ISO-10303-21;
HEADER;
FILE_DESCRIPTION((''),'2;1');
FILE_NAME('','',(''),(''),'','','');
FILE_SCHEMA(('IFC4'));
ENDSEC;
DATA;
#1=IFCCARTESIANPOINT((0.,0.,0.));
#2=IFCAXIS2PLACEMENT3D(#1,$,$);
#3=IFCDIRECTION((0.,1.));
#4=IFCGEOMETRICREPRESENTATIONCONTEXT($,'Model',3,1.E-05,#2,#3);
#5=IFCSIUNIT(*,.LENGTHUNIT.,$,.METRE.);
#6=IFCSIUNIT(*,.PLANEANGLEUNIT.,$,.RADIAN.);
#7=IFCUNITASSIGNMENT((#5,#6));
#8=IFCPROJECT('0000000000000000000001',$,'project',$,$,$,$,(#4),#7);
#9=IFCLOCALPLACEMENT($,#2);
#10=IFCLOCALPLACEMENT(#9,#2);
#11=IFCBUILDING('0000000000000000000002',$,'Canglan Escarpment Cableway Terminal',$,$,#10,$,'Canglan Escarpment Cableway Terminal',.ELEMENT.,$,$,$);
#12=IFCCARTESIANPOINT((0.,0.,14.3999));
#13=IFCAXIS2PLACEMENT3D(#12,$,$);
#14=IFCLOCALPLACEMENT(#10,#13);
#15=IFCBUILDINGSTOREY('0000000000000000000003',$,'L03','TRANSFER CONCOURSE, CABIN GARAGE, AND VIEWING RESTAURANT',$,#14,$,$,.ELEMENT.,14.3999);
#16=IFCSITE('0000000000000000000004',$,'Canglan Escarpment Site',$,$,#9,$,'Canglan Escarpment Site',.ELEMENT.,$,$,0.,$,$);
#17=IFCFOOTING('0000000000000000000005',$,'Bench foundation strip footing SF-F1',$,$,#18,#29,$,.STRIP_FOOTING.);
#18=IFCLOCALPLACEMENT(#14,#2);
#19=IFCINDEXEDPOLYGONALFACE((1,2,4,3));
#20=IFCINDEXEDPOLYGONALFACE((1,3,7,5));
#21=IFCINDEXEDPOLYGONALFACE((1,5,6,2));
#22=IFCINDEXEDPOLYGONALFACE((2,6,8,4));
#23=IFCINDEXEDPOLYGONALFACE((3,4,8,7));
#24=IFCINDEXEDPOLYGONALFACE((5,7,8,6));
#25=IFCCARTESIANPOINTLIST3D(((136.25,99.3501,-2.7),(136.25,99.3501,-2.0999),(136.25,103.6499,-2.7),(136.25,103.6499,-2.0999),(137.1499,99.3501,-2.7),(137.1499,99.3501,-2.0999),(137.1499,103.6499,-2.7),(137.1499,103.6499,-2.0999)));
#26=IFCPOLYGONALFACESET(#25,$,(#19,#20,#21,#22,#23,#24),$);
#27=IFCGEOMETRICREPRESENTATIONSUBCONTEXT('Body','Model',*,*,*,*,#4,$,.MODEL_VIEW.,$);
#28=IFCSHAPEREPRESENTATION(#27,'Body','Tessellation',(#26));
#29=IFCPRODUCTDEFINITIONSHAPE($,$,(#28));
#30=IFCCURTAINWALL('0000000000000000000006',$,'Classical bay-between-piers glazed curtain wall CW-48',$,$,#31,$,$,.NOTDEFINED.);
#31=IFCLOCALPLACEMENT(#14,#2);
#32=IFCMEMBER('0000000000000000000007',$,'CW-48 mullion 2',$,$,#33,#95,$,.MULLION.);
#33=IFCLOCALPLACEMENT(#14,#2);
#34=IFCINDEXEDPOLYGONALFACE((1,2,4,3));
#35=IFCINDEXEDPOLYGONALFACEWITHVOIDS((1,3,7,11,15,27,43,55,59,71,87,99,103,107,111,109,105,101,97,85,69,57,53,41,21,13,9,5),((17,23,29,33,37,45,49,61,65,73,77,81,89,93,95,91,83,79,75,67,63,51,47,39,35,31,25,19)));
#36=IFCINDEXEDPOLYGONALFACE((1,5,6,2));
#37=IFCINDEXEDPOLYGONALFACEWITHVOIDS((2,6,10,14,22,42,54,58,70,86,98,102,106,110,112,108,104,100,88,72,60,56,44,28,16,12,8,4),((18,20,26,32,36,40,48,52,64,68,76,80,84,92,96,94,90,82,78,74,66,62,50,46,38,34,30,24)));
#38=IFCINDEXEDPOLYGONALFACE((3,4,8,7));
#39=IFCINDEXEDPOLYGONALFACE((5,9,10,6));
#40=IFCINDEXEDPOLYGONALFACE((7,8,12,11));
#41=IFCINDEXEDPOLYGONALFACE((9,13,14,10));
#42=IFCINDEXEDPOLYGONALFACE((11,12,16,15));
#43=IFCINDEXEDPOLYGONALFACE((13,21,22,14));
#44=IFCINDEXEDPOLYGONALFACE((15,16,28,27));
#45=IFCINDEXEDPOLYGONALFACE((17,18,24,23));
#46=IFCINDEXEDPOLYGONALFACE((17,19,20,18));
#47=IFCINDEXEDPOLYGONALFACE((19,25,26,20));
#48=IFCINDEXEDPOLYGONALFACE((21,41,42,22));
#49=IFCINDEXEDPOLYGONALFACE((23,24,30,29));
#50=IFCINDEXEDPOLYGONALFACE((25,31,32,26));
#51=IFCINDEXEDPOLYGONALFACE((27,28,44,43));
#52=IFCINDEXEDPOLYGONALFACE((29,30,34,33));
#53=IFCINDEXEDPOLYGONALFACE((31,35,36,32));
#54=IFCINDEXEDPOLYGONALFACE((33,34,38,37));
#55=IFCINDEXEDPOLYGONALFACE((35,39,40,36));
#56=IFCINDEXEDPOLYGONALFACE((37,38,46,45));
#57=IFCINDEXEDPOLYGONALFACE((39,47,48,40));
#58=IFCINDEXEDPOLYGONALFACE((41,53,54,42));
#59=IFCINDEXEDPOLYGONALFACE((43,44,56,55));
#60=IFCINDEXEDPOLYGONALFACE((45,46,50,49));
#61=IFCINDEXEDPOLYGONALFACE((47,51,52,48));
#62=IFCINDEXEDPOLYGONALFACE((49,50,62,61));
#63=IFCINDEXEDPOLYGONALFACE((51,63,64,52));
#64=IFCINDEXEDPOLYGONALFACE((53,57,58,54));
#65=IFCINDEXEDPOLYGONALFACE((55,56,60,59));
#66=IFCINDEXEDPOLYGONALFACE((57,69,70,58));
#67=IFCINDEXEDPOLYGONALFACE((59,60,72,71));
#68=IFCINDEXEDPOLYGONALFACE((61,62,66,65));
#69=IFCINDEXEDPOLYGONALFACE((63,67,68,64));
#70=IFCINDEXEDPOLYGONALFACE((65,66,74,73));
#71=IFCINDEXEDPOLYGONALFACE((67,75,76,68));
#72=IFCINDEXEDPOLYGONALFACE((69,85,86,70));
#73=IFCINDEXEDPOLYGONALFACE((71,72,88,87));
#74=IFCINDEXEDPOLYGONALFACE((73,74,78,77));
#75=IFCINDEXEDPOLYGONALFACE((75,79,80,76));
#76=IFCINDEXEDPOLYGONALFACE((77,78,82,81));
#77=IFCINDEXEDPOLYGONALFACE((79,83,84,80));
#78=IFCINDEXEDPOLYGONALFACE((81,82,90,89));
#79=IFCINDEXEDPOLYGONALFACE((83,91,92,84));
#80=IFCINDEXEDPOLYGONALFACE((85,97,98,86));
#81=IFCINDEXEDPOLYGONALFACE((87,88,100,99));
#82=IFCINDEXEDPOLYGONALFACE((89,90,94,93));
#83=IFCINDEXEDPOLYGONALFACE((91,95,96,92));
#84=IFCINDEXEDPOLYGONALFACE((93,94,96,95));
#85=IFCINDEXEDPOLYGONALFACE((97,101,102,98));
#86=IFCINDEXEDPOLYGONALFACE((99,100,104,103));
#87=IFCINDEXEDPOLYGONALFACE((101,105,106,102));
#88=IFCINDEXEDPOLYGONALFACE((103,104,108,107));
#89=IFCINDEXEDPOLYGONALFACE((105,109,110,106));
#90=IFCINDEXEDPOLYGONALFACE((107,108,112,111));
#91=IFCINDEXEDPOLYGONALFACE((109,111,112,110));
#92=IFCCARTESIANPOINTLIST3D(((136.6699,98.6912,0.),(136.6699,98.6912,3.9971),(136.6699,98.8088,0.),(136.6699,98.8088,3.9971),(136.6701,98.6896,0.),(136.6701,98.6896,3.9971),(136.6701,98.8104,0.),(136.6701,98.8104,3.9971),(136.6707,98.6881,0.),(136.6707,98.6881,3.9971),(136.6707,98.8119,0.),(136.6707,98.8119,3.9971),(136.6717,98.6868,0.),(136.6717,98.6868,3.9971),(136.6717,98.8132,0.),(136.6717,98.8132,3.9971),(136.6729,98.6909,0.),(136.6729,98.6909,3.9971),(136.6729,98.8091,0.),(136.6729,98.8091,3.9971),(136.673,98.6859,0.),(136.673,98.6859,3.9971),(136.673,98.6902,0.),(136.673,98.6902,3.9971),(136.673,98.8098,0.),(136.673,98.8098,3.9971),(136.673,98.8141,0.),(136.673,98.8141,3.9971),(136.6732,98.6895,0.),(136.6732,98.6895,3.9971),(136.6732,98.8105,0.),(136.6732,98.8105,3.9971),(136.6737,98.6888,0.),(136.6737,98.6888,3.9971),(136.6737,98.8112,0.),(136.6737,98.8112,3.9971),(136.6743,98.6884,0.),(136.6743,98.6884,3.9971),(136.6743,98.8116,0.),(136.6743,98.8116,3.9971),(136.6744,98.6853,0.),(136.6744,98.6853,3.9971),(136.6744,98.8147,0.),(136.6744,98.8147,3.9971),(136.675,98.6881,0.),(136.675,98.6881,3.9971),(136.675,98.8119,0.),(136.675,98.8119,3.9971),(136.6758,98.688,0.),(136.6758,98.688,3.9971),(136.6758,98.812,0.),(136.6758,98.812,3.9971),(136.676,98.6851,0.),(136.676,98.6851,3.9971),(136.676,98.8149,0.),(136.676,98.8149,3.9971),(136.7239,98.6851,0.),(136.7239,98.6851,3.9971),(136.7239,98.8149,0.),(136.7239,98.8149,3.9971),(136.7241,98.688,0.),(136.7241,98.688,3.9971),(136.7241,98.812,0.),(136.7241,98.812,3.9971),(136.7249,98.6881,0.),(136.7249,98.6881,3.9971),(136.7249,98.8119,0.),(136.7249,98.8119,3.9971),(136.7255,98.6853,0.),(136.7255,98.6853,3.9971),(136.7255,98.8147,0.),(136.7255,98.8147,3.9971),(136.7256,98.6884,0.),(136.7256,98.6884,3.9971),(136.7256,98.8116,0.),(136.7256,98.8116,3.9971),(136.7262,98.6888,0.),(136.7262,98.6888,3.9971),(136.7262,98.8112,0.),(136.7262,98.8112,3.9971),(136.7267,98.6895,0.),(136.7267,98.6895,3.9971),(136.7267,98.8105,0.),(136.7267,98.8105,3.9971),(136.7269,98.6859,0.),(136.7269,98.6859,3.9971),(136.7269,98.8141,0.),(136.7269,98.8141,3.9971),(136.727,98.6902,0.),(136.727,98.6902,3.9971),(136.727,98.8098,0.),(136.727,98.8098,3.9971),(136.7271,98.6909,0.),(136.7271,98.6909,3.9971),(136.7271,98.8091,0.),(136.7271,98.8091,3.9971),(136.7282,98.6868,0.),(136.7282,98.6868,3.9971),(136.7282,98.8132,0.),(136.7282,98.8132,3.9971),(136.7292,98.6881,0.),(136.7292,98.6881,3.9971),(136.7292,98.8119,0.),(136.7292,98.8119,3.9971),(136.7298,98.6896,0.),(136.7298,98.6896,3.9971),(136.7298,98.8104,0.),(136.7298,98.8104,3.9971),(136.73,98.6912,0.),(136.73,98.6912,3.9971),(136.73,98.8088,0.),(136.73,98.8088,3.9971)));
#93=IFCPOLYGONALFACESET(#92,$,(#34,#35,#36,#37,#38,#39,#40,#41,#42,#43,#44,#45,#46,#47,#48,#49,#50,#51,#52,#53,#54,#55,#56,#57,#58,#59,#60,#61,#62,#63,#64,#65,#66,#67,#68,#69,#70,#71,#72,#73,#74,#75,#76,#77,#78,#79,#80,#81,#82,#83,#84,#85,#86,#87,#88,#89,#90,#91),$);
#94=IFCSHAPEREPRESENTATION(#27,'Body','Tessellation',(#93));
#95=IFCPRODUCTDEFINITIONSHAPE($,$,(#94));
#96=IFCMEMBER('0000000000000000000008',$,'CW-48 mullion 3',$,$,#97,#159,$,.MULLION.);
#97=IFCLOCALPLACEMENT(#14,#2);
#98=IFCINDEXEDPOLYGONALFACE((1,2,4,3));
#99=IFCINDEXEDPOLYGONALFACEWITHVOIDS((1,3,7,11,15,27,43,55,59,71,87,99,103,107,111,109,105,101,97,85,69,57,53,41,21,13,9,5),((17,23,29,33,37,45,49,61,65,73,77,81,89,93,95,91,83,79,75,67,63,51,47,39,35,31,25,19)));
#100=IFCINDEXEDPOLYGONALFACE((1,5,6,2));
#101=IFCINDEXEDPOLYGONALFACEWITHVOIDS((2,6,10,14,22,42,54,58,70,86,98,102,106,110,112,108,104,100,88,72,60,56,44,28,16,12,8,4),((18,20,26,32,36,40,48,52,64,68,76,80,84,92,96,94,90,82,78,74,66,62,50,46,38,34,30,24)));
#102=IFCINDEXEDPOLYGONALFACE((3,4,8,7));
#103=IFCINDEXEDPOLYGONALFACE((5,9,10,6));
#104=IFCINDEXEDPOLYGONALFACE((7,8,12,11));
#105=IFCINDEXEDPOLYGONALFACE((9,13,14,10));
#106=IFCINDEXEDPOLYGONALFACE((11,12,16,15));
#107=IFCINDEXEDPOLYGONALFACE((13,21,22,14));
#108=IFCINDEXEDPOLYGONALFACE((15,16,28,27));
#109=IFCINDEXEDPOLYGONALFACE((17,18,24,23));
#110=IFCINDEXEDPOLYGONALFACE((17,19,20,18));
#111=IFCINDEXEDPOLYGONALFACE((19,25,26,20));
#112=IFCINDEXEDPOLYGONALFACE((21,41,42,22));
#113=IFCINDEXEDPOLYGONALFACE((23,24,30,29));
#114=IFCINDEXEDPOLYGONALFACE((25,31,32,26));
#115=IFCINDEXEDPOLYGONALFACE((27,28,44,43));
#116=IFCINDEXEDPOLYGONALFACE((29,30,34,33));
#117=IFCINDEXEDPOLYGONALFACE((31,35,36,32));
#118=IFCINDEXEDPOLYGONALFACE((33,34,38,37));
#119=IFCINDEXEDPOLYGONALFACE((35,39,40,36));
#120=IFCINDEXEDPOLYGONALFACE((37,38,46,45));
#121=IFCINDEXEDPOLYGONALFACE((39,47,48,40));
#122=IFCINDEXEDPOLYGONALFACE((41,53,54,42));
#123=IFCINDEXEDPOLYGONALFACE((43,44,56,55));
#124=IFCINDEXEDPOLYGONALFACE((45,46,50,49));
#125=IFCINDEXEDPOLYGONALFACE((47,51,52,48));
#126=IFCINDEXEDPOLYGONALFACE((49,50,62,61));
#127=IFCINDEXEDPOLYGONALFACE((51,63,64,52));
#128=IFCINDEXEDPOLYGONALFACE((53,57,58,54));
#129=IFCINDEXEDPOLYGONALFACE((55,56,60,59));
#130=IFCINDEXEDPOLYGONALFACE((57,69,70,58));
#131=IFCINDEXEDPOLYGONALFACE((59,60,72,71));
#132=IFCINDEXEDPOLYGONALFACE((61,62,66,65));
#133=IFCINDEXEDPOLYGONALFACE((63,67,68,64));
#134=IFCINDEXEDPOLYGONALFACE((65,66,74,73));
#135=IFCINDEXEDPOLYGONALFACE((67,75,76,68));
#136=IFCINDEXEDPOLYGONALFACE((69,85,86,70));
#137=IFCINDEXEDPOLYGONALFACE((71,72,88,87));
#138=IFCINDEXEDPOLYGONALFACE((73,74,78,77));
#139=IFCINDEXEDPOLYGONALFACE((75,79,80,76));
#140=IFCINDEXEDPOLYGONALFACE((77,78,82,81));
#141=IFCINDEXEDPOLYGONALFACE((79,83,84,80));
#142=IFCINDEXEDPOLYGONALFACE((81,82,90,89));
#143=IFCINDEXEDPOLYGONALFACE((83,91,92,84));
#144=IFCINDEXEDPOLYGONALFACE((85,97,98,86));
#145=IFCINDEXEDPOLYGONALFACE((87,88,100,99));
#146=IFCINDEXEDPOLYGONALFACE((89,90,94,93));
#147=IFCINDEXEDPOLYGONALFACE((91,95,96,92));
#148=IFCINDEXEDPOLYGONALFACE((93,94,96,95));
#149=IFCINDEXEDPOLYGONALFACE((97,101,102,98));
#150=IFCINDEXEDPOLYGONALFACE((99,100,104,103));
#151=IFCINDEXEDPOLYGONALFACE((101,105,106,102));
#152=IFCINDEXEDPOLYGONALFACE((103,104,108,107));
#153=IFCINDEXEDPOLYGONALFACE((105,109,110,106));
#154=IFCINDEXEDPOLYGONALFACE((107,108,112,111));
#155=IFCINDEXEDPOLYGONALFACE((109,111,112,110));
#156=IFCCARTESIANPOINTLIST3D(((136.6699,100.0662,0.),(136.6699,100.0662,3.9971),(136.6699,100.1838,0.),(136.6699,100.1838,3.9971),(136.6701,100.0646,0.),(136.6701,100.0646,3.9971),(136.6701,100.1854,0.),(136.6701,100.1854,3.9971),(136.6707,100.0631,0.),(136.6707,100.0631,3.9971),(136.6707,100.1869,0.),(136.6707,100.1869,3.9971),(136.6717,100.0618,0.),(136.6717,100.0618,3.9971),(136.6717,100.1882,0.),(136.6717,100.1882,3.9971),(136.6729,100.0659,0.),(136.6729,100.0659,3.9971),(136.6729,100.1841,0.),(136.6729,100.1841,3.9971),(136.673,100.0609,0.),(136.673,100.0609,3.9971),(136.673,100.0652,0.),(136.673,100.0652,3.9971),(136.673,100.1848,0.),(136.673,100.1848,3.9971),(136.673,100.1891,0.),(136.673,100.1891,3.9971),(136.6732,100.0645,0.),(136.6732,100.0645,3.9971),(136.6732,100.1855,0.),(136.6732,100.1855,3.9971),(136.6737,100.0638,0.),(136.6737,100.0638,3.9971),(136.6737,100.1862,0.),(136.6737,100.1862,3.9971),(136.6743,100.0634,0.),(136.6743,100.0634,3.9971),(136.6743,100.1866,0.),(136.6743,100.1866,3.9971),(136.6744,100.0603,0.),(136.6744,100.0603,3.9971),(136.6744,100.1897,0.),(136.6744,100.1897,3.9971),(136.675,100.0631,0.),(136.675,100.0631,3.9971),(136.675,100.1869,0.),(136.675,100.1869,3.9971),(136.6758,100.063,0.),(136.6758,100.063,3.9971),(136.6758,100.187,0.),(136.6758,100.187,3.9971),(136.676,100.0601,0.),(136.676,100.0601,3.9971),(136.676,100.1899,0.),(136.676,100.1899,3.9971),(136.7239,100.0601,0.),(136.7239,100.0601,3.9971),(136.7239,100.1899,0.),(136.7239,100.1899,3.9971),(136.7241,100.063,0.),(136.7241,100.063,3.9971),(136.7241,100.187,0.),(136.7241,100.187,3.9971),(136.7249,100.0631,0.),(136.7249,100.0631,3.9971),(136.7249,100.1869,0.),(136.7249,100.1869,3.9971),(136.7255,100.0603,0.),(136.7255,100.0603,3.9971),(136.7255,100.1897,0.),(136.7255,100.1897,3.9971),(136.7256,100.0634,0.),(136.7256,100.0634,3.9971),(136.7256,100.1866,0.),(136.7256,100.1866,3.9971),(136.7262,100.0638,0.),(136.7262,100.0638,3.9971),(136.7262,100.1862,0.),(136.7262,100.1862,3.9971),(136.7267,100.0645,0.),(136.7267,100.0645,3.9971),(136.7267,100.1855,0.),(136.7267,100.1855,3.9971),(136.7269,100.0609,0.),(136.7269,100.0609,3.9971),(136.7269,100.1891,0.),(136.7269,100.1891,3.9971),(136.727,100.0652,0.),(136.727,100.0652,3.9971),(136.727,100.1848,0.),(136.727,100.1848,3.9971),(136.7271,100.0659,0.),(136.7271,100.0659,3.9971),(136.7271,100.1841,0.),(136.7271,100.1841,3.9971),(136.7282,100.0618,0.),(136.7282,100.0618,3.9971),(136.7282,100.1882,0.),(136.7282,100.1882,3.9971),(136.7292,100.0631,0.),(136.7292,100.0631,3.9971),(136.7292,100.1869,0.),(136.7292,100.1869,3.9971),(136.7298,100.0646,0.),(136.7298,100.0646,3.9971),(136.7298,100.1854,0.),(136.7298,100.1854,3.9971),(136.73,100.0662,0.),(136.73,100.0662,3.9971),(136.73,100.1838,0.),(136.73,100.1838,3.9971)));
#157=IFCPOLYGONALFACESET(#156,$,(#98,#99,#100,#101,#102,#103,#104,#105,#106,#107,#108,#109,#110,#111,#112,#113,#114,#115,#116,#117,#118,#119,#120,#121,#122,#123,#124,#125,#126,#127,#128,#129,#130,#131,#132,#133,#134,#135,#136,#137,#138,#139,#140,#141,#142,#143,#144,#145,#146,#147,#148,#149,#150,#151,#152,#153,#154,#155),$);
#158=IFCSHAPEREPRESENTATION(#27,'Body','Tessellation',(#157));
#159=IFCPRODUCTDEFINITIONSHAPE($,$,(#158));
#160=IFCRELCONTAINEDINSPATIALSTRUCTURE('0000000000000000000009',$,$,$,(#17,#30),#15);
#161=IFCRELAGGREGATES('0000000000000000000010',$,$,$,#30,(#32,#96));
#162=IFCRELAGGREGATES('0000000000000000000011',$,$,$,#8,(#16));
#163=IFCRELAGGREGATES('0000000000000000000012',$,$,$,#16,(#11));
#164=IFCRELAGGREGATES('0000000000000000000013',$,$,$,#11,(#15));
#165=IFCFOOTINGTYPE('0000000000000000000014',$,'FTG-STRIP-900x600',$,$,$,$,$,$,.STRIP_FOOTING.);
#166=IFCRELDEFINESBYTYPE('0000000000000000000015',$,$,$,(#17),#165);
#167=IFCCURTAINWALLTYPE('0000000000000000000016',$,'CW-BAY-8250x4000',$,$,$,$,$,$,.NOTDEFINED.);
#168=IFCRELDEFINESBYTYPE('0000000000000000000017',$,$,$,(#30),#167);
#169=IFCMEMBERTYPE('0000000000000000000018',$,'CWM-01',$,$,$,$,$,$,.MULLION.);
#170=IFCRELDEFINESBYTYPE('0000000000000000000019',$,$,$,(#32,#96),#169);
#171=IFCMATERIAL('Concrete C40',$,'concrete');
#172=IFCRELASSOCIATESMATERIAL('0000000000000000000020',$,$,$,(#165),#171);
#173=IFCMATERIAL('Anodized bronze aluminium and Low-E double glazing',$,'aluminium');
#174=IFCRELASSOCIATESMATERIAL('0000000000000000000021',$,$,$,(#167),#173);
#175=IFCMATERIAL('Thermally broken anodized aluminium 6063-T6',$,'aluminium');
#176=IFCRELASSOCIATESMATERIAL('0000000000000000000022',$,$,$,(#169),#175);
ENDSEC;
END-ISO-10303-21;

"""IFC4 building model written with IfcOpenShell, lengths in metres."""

from ifc_helpers import new_model, si_unit, direction, frame, origin, origin_2d, place, context, subcontext, project, spatial, rectangle, hollow_rectangle, extrude, material, material_profile, profile_set, type_object, element, aggregate, save


model = new_model("IFC4")

# Units and contexts
model_context = context("Model", 3, precision=1e-05, world=origin(), true_north=direction((0.0, 1.0)))
body_context = subcontext(model_context, "Body", "Model", "MODEL_VIEW")
ifc_project = project(units=[si_unit("LENGTHUNIT", "METRE"), si_unit("PLANEANGLEUNIT", "RADIAN")], contexts=[model_context])

# Site, building, storey
site_placement = place(None, origin())
site = spatial("IfcSite", under=ifc_project, at=site_placement, Name="Canglan Escarpment Site", LongName="Canglan Escarpment Site", CompositionType="ELEMENT", RefElevation=0.0)
building_placement = place(site_placement, origin())
building = spatial("IfcBuilding", under=site, at=building_placement, Name="Canglan Escarpment Cableway Terminal", LongName="Canglan Escarpment Cableway Terminal", CompositionType="ELEMENT")
storey_placement = place(building_placement, frame((0.0, 0.0, 14.3999)))
storey = spatial("IfcBuildingStorey", under=building, at=storey_placement, Name="L03", Description="TRANSFER CONCOURSE, CABIN GARAGE, AND VIEWING RESTAURANT", CompositionType="ELEMENT", Elevation=14.3999)

# Footing
ifc_material_1 = material(Name="Concrete C40", Category="concrete")
ifc_material_profile_1 = material_profile(ifc_material_1, rectangle(XDim=0.8999, YDim=0.6001, at=origin_2d()), Name="SF 900x600")
ifc_profile_set_1 = profile_set([ifc_material_profile_1], Name="Concrete C40")
footing_type = type_object("IfcFootingType", Name="FTG-STRIP-900x600", PredefinedType="STRIP_FOOTING", material=ifc_profile_set_1)
footing_placement = place(storey_placement, frame((136.7, 99.3501, -2.3999), z_axis=(0.0, 1.0, 0.0), x_axis=(-1.0, 0.0, 0.0)))
element("IfcFooting", 1, at=footing_placement, inside=storey, type_object=footing_type, Name="Bench foundation strip footing SF-F1", PredefinedType="STRIP_FOOTING", context=body_context, shape_type="SweptSolid", body=[
    extrude(rectangle(XDim=0.8999, YDim=0.6001, at=origin_2d()), origin(), (0.0, 0.0, 1.0), 4.2998),
])

# Curtain wall, members
ifc_material_2 = material(Name="Anodized bronze aluminium and Low-E double glazing", Category="aluminium")
curtain_wall_type = type_object("IfcCurtainWallType", Name="CW-BAY-8250x4000", PredefinedType="NOTDEFINED", material=ifc_material_2)
curtain_wall_placement = place(storey_placement, origin())
curtain_wall = element("IfcCurtainWall", 2, at=curtain_wall_placement, inside=storey, type_object=curtain_wall_type, Name="Classical bay-between-piers glazed curtain wall CW-48", PredefinedType="NOTDEFINED")
ifc_material_3 = material(Name="Thermally broken anodized aluminium 6063-T6", Category="aluminium")
ifc_material_profile_2 = material_profile(ifc_material_3, hollow_rectangle(XDim=0.0601, YDim=0.1299, WallThickness=0.0029, InnerFilletRadius=0.0029, OuterFilletRadius=0.0061, at=origin_2d()), Name="ALU-MULL 60x130x3")
ifc_profile_set_2 = profile_set([ifc_material_profile_2], Name="Thermally broken anodized aluminium 6063-T6")
member_type_1 = type_object("IfcMemberType", Name="CWM-01", PredefinedType="MULLION", material=ifc_profile_set_2)
member_1_placement = place(storey_placement, frame((136.7, 98.75, 0.0), z_axis=(0.0, 0.0, 1.0), x_axis=(-1.0, 0.0, 0.0)))
member_1 = element("IfcMember", 3, at=member_1_placement, type_object=member_type_1, Name="CW-48 mullion 2", PredefinedType="MULLION", context=body_context, shape_type="SweptSolid", body=[
    extrude(hollow_rectangle(XDim=0.0601, YDim=0.1299, WallThickness=0.0029, InnerFilletRadius=0.0029, OuterFilletRadius=0.0061, at=origin_2d()), origin(), (0.0, 0.0, 1.0), 3.9971),
])
member_2_placement = place(storey_placement, frame((136.7, 100.125, 0.0), z_axis=(0.0, 0.0, 1.0), x_axis=(-1.0, 0.0, 0.0)))
member_2 = element("IfcMember", 4, at=member_2_placement, type_object=member_type_1, Name="CW-48 mullion 3", PredefinedType="MULLION", context=body_context, shape_type="SweptSolid", body=[
    extrude(hollow_rectangle(XDim=0.0601, YDim=0.1299, WallThickness=0.0029, InnerFilletRadius=0.0029, OuterFilletRadius=0.0061, at=origin_2d()), origin(), (0.0, 0.0, 1.0), 3.9971),
])
aggregate(curtain_wall, [member_1, member_2])

save(model, "model.ifc")
